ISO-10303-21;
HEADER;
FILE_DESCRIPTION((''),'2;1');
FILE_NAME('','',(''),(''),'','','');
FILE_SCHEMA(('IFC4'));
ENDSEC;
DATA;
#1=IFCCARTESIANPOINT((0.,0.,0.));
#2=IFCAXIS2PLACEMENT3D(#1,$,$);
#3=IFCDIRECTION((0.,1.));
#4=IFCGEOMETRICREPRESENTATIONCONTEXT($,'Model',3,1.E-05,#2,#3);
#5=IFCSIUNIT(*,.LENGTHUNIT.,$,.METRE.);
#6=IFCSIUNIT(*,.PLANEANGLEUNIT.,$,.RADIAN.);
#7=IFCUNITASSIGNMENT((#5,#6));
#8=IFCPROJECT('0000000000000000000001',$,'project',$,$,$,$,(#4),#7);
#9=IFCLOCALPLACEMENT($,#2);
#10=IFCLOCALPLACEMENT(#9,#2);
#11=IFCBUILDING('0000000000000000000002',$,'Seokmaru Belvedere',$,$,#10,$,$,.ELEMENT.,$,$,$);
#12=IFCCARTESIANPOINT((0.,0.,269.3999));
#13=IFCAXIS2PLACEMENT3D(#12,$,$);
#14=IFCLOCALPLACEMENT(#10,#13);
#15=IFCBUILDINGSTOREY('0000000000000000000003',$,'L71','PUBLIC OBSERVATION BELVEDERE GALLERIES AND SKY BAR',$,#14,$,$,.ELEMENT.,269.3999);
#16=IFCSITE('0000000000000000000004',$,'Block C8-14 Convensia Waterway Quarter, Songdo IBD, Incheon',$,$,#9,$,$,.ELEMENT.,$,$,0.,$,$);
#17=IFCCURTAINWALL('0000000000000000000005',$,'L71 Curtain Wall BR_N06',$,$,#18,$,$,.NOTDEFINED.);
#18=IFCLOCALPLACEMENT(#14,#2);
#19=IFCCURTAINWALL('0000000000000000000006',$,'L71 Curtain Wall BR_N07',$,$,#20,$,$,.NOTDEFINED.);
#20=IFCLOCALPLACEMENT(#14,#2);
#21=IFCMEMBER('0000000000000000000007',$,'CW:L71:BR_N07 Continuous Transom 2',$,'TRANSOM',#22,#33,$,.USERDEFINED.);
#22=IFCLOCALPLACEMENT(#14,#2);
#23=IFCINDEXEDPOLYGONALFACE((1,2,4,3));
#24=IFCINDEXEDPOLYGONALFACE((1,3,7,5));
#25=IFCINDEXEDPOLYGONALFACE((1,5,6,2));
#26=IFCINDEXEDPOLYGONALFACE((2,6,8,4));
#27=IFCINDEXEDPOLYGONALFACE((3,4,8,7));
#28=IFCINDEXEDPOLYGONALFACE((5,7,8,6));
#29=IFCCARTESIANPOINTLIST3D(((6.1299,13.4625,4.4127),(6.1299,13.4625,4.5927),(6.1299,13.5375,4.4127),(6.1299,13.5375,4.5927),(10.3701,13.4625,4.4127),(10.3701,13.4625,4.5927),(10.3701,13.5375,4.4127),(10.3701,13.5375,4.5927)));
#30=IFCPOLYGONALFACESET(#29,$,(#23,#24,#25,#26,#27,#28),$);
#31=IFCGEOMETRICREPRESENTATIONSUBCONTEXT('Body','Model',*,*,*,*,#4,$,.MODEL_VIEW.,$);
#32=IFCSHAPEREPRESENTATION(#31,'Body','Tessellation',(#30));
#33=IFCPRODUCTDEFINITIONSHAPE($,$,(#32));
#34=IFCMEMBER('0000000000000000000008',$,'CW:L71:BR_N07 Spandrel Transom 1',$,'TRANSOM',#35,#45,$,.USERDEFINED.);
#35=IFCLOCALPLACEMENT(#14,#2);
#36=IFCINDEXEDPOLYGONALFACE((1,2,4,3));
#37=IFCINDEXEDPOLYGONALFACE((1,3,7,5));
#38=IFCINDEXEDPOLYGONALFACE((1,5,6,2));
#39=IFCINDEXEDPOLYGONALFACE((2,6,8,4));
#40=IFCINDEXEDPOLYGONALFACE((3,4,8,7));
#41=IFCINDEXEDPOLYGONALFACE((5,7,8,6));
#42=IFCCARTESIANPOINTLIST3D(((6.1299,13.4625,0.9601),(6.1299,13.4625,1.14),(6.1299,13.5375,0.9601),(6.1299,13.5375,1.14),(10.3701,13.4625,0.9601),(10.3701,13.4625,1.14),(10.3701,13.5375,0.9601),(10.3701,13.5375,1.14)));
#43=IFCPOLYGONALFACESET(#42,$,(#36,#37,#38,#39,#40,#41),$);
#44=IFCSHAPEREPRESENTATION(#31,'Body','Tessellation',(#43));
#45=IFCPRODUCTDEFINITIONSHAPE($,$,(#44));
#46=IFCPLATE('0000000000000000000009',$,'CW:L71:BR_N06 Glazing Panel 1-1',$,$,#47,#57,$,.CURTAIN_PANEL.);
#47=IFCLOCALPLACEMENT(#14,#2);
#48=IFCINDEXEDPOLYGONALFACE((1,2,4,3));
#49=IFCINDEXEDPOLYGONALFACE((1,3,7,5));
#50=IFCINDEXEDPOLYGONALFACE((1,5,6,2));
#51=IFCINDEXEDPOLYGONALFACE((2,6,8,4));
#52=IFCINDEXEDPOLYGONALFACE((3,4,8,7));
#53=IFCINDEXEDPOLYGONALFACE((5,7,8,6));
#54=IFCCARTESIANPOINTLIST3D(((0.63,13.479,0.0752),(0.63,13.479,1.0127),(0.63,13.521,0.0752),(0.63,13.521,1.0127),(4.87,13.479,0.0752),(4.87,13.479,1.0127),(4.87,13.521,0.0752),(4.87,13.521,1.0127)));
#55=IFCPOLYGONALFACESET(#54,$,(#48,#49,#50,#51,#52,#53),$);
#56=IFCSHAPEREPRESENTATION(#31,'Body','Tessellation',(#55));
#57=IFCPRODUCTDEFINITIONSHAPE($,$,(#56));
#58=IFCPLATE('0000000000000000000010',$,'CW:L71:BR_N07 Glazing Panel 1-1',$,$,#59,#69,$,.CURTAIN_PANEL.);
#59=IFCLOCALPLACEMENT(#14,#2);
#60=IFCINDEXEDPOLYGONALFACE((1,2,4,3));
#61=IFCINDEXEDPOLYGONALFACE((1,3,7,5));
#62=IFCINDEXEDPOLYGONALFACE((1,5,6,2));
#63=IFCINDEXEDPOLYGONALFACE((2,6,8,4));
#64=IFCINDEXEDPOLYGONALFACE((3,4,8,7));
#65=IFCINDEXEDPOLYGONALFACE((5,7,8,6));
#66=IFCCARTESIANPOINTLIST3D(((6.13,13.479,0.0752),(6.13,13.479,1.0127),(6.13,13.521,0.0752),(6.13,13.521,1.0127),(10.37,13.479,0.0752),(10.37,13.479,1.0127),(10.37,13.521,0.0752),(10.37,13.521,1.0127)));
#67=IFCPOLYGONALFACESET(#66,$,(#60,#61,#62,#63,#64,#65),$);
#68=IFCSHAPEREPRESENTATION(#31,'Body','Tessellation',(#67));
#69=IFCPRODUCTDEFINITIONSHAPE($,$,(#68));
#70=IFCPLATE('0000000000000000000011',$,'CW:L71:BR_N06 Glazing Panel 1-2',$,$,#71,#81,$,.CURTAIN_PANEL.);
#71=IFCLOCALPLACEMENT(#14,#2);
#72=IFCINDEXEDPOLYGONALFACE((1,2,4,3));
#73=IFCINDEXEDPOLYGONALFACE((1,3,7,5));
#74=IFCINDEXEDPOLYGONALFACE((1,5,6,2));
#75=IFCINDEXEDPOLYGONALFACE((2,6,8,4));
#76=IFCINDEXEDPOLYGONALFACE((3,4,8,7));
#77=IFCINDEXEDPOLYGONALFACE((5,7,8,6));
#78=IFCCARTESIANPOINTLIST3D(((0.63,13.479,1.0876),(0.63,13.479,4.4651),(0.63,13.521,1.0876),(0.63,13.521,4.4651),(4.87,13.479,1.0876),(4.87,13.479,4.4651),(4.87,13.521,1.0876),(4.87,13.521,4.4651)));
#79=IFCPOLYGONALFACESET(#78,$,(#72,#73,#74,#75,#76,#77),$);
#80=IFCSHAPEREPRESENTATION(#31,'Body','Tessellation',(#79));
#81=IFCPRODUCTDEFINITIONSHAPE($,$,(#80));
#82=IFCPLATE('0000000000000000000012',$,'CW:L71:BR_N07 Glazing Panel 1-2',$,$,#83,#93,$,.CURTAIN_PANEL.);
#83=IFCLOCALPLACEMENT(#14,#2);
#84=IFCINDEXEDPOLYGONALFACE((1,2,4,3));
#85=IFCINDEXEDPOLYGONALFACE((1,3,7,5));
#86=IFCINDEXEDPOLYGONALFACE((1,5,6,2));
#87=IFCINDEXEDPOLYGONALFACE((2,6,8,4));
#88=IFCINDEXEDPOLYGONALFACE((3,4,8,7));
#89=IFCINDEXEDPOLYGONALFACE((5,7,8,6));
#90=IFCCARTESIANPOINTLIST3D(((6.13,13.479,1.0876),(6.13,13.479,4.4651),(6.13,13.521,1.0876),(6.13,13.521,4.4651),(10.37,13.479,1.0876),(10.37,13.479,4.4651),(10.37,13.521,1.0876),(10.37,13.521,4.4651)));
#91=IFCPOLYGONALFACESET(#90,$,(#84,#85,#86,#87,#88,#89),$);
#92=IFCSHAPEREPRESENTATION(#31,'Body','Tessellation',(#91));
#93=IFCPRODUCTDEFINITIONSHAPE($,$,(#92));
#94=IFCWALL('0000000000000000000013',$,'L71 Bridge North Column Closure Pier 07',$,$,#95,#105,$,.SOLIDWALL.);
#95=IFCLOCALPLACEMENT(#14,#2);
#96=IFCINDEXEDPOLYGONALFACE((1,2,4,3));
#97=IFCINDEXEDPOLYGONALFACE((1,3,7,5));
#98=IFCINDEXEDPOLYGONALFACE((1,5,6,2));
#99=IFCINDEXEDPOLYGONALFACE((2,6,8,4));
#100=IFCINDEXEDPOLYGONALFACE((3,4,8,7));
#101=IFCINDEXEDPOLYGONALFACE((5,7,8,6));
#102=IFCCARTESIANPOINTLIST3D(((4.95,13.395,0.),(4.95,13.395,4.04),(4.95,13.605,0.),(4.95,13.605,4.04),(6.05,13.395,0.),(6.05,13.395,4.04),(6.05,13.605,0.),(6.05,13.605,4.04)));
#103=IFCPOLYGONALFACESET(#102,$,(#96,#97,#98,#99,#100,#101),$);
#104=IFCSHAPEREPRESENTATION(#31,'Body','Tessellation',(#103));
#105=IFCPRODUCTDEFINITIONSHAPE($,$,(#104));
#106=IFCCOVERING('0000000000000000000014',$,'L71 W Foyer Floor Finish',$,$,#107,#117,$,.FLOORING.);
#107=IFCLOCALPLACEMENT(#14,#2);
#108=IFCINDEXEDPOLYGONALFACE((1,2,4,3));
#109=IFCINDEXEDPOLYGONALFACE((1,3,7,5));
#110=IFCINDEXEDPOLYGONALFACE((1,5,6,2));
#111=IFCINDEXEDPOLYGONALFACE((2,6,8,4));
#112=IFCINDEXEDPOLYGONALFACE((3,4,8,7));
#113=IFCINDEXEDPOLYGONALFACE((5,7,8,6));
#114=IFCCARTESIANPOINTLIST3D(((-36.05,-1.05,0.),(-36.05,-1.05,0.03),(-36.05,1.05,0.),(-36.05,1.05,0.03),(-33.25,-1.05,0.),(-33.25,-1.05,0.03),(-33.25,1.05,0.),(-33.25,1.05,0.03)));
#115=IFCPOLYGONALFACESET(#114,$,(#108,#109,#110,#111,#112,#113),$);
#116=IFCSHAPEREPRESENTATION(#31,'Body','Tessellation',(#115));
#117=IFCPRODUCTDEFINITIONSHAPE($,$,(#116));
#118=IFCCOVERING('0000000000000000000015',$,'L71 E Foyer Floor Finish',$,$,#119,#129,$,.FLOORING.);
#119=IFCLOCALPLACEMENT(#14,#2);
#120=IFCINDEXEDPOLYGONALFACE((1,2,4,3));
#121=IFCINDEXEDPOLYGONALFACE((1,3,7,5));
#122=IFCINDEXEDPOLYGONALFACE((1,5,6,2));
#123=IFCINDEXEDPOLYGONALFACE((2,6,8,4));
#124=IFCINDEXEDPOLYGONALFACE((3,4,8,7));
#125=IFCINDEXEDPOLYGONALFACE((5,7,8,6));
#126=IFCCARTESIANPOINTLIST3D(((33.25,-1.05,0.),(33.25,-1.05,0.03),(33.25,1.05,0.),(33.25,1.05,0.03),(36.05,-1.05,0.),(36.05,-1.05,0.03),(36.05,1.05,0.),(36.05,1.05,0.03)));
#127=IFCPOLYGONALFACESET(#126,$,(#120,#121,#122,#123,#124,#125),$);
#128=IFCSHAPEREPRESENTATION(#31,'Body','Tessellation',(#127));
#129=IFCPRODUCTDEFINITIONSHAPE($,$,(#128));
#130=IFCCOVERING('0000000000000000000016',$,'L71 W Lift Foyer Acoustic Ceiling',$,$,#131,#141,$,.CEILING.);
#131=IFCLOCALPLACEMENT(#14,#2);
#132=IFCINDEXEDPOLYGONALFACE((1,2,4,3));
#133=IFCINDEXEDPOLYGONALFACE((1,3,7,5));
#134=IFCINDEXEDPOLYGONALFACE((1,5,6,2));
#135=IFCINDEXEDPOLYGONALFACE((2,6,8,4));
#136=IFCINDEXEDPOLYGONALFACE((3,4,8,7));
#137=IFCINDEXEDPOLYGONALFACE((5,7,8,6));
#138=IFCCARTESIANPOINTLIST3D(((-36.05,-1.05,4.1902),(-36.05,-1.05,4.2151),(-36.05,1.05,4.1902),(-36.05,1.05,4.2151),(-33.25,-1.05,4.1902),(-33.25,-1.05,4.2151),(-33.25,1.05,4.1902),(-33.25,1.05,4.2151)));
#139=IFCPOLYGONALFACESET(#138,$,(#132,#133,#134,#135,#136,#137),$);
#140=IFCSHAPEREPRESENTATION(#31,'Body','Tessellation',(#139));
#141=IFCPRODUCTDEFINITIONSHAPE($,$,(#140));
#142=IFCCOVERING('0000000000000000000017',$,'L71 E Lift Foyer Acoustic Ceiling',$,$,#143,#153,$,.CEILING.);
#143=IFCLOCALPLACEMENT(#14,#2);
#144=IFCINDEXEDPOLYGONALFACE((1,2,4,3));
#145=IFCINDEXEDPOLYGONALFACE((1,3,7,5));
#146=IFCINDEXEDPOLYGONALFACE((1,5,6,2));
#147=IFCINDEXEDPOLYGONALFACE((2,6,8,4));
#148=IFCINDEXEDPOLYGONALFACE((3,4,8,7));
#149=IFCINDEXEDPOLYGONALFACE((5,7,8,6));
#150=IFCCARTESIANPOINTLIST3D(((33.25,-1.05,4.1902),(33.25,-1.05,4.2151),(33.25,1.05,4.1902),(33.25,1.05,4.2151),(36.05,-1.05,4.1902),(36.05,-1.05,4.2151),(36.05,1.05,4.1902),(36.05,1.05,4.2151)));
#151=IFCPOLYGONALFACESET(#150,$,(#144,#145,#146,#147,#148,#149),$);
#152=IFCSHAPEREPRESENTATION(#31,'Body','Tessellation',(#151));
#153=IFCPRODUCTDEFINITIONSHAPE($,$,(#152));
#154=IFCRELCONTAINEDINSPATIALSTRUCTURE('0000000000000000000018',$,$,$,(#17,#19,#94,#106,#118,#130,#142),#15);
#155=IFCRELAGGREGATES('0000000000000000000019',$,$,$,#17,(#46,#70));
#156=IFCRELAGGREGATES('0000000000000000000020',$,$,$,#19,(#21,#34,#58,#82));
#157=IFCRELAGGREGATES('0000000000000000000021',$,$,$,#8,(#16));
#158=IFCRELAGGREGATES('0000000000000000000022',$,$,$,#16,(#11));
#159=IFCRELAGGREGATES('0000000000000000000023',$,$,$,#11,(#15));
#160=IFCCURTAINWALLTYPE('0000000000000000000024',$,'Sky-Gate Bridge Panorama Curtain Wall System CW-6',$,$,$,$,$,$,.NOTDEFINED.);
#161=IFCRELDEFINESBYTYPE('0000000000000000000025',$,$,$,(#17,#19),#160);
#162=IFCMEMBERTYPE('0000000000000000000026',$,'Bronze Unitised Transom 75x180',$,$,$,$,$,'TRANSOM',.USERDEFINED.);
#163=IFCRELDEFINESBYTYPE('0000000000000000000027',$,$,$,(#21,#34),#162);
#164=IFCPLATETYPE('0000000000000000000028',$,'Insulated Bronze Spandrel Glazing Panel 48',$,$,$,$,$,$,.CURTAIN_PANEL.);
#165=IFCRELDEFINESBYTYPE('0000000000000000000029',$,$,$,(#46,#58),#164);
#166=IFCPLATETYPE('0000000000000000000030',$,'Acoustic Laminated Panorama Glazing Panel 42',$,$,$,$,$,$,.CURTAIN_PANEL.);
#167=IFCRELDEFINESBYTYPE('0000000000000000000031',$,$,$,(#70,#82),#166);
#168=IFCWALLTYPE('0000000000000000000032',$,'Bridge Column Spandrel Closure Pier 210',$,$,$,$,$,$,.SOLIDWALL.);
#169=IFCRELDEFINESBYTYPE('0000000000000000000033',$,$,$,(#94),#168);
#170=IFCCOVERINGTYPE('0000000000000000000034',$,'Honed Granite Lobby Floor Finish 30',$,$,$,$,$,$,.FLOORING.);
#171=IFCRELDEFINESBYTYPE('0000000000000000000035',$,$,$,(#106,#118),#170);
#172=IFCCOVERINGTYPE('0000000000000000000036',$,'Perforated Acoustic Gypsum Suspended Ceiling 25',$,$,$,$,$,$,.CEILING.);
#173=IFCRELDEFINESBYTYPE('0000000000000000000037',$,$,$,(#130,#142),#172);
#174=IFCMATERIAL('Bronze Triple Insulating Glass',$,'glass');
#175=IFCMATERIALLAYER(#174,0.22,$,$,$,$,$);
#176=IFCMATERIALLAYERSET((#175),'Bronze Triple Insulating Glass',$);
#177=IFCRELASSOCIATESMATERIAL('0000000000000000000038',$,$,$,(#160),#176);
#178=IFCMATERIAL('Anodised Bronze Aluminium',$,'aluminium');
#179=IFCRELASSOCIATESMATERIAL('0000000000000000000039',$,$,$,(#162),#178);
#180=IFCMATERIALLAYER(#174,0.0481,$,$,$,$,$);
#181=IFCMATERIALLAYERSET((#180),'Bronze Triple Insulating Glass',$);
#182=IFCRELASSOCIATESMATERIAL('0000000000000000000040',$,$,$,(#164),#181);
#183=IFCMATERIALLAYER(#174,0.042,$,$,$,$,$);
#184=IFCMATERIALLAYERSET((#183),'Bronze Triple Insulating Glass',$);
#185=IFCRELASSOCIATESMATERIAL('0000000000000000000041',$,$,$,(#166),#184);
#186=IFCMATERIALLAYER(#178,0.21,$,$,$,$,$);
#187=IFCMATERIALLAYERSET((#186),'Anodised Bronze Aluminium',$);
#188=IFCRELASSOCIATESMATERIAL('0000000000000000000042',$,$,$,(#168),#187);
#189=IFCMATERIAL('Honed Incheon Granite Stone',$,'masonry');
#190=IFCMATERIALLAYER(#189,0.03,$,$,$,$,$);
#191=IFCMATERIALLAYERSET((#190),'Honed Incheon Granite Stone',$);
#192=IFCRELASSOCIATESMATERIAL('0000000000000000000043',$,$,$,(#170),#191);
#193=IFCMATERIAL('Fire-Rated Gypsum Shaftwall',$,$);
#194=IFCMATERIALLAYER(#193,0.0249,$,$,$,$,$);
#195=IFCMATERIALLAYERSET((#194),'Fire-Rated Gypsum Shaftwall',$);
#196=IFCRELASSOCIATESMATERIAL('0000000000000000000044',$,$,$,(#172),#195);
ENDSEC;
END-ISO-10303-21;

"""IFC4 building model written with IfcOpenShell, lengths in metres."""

from ifc_helpers import new_model, si_unit, direction, frame, frame_2d, origin, origin_2d, place, context, subcontext, project, spatial, polyline, rectangle, outline, extrude, source, transform, mapped, material, layer, layer_set, material_profile, profile_set, type_object, type_shapes, element, aggregate, save


model = new_model("IFC4")

# Units and contexts
model_context = context("Model", 3, precision=1e-05, world=origin(), true_north=direction((0.0, 1.0)))
body_context = subcontext(model_context, "Body", "Model", "MODEL_VIEW")
ifc_project = project(units=[si_unit("LENGTHUNIT", "METRE"), si_unit("PLANEANGLEUNIT", "RADIAN")], contexts=[model_context])

# Site, building, storey
site_placement = place(None, origin())
site = spatial("IfcSite", under=ifc_project, at=site_placement, Name="Block C8-14 Convensia Waterway Quarter, Songdo IBD, Incheon", CompositionType="ELEMENT", RefElevation=0.0)
building_placement = place(site_placement, origin())
building = spatial("IfcBuilding", under=site, at=building_placement, Name="Seokmaru Belvedere", CompositionType="ELEMENT")
storey_placement = place(building_placement, frame((0.0, 0.0, 269.3999)))
storey = spatial("IfcBuildingStorey", under=building, at=storey_placement, Name="L71", Description="PUBLIC OBSERVATION BELVEDERE GALLERIES AND SKY BAR", CompositionType="ELEMENT", Elevation=269.3999)

# Curtain wall
ifc_material_1 = material(Name="Bronze Triple Insulating Glass", Category="glass")
ifc_layer_1 = layer(ifc_material_1, 0.22)
ifc_layer_set_1 = layer_set([ifc_layer_1], Name="Bronze Triple Insulating Glass")
curtain_wall_type = type_object("IfcCurtainWallType", Name="Sky-Gate Bridge Panorama Curtain Wall System CW-6", PredefinedType="NOTDEFINED", material=ifc_layer_set_1)
curtain_wall_1_placement = place(storey_placement, origin())
curtain_wall_1 = element("IfcCurtainWall", 1, at=curtain_wall_1_placement, inside=storey, type_object=curtain_wall_type, Name="L71 Curtain Wall BR_N06", PredefinedType="NOTDEFINED")
ifc_material_2 = material(Name="Anodised Bronze Aluminium", Category="aluminium")

# Curtain wall
curtain_wall_2_placement = place(storey_placement, origin())
curtain_wall_2 = element("IfcCurtainWall", 2, at=curtain_wall_2_placement, inside=storey, type_object=curtain_wall_type, Name="L71 Curtain Wall BR_N07", PredefinedType="NOTDEFINED")

# Members
ifc_material_profile_1 = material_profile(ifc_material_2, rectangle(XDim=0.075, YDim=0.1799, at=origin_2d()), Name="CW-T-75x180")
ifc_profile_set_1 = profile_set([ifc_material_profile_1], Name="Anodised Bronze Aluminium")
member_type_1 = type_object("IfcMemberType", Name="Bronze Unitised Transom 75x180", ElementType="TRANSOM", PredefinedType="USERDEFINED", material=ifc_profile_set_1)
shared_shape_1 = source(origin(), body_context, "Body", "SweptSolid", [
    extrude(rectangle(XDim=0.075, YDim=0.1799, at=origin_2d()), origin(), (0.0, 0.0, 1.0), 4.2402),
])
type_shapes(member_type_1, [shared_shape_1])
member_1_placement = place(storey_placement, frame((10.3701, 13.5, 4.5027), z_axis=(-1.0, 0.0, 0.0), x_axis=(0.0, -1.0, 0.0)))
member_1 = element("IfcMember", 3, at=member_1_placement, type_object=member_type_1, Name="CW:L71:BR_N07 Continuous Transom 2", ObjectType="TRANSOM", PredefinedType="USERDEFINED", context=body_context, shape_type="MappedRepresentation", body=[
    mapped(shared_shape_1, transform((0.0, 0.0, 0.0), scale=1.0)),
])
member_2_placement = place(storey_placement, frame((10.3701, 13.5, 1.05), z_axis=(-1.0, 0.0, 0.0), x_axis=(0.0, -1.0, 0.0)))
member_2 = element("IfcMember", 4, at=member_2_placement, type_object=member_type_1, Name="CW:L71:BR_N07 Spandrel Transom 1", ObjectType="TRANSOM", PredefinedType="USERDEFINED", context=body_context, shape_type="MappedRepresentation", body=[
    mapped(shared_shape_1, transform((0.0, 0.0, 0.0), scale=1.0)),
])

# Plates
ifc_layer_2 = layer(ifc_material_1, 0.0481)
ifc_layer_set_2 = layer_set([ifc_layer_2], Name="Bronze Triple Insulating Glass")
plate_type_1 = type_object("IfcPlateType", Name="Insulated Bronze Spandrel Glazing Panel 48", PredefinedType="CURTAIN_PANEL", material=ifc_layer_set_2)
shared_shape_2 = source(origin(), body_context, "Body", "SweptSolid", [
    extrude(rectangle(XDim=4.24, YDim=0.042, at=origin_2d()), origin(), (0.0, 0.0, 1.0), 0.9375),
])
type_shapes(plate_type_1, [shared_shape_2])
plate_1_placement = place(storey_placement, frame((2.75, 13.5, 0.0752), z_axis=(0.0, 0.0, 1.0), x_axis=(-1.0, 0.0, 0.0)))
plate_1 = element("IfcPlate", 5, at=plate_1_placement, type_object=plate_type_1, Name="CW:L71:BR_N06 Glazing Panel 1-1", PredefinedType="CURTAIN_PANEL", context=body_context, shape_type="MappedRepresentation", body=[
    mapped(shared_shape_2, transform((0.0, 0.0, 0.0), scale=1.0)),
])
plate_2_placement = place(storey_placement, frame((8.25, 13.5, 0.0752), z_axis=(0.0, 0.0, 1.0), x_axis=(-1.0, 0.0, 0.0)))
plate_2 = element("IfcPlate", 6, at=plate_2_placement, type_object=plate_type_1, Name="CW:L71:BR_N07 Glazing Panel 1-1", PredefinedType="CURTAIN_PANEL", context=body_context, shape_type="MappedRepresentation", body=[
    mapped(shared_shape_2, transform((0.0, 0.0, 0.0), scale=1.0)),
])
ifc_layer_3 = layer(ifc_material_1, 0.042)
ifc_layer_set_3 = layer_set([ifc_layer_3], Name="Bronze Triple Insulating Glass")
plate_type_2 = type_object("IfcPlateType", Name="Acoustic Laminated Panorama Glazing Panel 42", PredefinedType="CURTAIN_PANEL", material=ifc_layer_set_3)
shared_shape_3 = source(origin(), body_context, "Body", "SweptSolid", [
    extrude(rectangle(XDim=4.24, YDim=0.042, at=origin_2d()), origin(), (0.0, 0.0, 1.0), 3.3774),
])
type_shapes(plate_type_2, [shared_shape_3])
plate_3_placement = place(storey_placement, frame((2.75, 13.5, 1.0876), z_axis=(0.0, 0.0, 1.0), x_axis=(-1.0, 0.0, 0.0)))
plate_3 = element("IfcPlate", 7, at=plate_3_placement, type_object=plate_type_2, Name="CW:L71:BR_N06 Glazing Panel 1-2", PredefinedType="CURTAIN_PANEL", context=body_context, shape_type="MappedRepresentation", body=[
    mapped(shared_shape_3, transform((0.0, 0.0, 0.0), scale=1.0)),
])
aggregate(curtain_wall_1, [plate_1, plate_3])
plate_4_placement = place(storey_placement, frame((8.25, 13.5, 1.0876), z_axis=(0.0, 0.0, 1.0), x_axis=(-1.0, 0.0, 0.0)))
plate_4 = element("IfcPlate", 8, at=plate_4_placement, type_object=plate_type_2, Name="CW:L71:BR_N07 Glazing Panel 1-2", PredefinedType="CURTAIN_PANEL", context=body_context, shape_type="MappedRepresentation", body=[
    mapped(shared_shape_3, transform((0.0, 0.0, 0.0), scale=1.0)),
])
aggregate(curtain_wall_2, [member_1, member_2, plate_2, plate_4])

# Wall
ifc_layer_4 = layer(ifc_material_2, 0.21)
ifc_layer_set_4 = layer_set([ifc_layer_4], Name="Anodised Bronze Aluminium")
wall_type = type_object("IfcWallType", Name="Bridge Column Spandrel Closure Pier 210", PredefinedType="SOLIDWALL", material=ifc_layer_set_4)
wall_placement = place(storey_placement, frame((4.95, 13.5, 0.0), z_axis=(0.0, 0.0, 1.0), x_axis=(1.0, 0.0, 0.0)))
element("IfcWall", 9, at=wall_placement, inside=storey, type_object=wall_type, Name="L71 Bridge North Column Closure Pier 07", PredefinedType="SOLIDWALL", context=body_context, shape_type="SweptSolid", body=[
    extrude(rectangle(XDim=1.1001, YDim=0.21, at=frame_2d((0.55, 0.0))), origin(), (0.0, 0.0, 1.0), 4.04),
])

# Coverings
ifc_material_3 = material(Name="Honed Incheon Granite Stone", Category="masonry")
ifc_layer_5 = layer(ifc_material_3, 0.03)
ifc_layer_set_5 = layer_set([ifc_layer_5], Name="Honed Incheon Granite Stone")
covering_type_1 = type_object("IfcCoveringType", Name="Honed Granite Lobby Floor Finish 30", PredefinedType="FLOORING", material=ifc_layer_set_5)
covering_1_placement = place(storey_placement, origin())
element("IfcCovering", 10, at=covering_1_placement, inside=storey, type_object=covering_type_1, Name="L71 W Foyer Floor Finish", PredefinedType="FLOORING", context=body_context, shape_type="SweptSolid", body=[
    extrude(outline(polyline([(-36.05, -1.05), (-33.25, -1.05), (-33.25, 1.05), (-36.05, 1.05), (-36.05, -1.05)])), origin(), (0.0, 0.0, 1.0), 0.03),
])
covering_2_placement = place(storey_placement, origin())
element("IfcCovering", 11, at=covering_2_placement, inside=storey, type_object=covering_type_1, Name="L71 E Foyer Floor Finish", PredefinedType="FLOORING", context=body_context, shape_type="SweptSolid", body=[
    extrude(outline(polyline([(33.25, -1.05), (36.05, -1.05), (36.05, 1.05), (33.25, 1.05), (33.25, -1.05)])), origin(), (0.0, 0.0, 1.0), 0.03),
])
ifc_material_4 = material(Name="Fire-Rated Gypsum Shaftwall")
ifc_layer_6 = layer(ifc_material_4, 0.0249)
ifc_layer_set_6 = layer_set([ifc_layer_6], Name="Fire-Rated Gypsum Shaftwall")
covering_type_2 = type_object("IfcCoveringType", Name="Perforated Acoustic Gypsum Suspended Ceiling 25", PredefinedType="CEILING", material=ifc_layer_set_6)
covering_3_placement = place(storey_placement, frame((0.0, 0.0, 4.1902)))
element("IfcCovering", 12, at=covering_3_placement, inside=storey, type_object=covering_type_2, Name="L71 W Lift Foyer Acoustic Ceiling", PredefinedType="CEILING", context=body_context, shape_type="SweptSolid", body=[
    extrude(outline(polyline([(-36.05, -1.05), (-33.25, -1.05), (-33.25, 1.05), (-36.05, 1.05), (-36.05, -1.05)])), origin(), (0.0, 0.0, 1.0), 0.0249),
])
covering_4_placement = place(storey_placement, frame((0.0, 0.0, 4.1902)))
element("IfcCovering", 13, at=covering_4_placement, inside=storey, type_object=covering_type_2, Name="L71 E Lift Foyer Acoustic Ceiling", PredefinedType="CEILING", context=body_context, shape_type="SweptSolid", body=[
    extrude(outline(polyline([(33.25, -1.05), (36.05, -1.05), (36.05, 1.05), (33.25, 1.05), (33.25, -1.05)])), origin(), (0.0, 0.0, 1.0), 0.0249),
])

save(model, "model.ifc")
